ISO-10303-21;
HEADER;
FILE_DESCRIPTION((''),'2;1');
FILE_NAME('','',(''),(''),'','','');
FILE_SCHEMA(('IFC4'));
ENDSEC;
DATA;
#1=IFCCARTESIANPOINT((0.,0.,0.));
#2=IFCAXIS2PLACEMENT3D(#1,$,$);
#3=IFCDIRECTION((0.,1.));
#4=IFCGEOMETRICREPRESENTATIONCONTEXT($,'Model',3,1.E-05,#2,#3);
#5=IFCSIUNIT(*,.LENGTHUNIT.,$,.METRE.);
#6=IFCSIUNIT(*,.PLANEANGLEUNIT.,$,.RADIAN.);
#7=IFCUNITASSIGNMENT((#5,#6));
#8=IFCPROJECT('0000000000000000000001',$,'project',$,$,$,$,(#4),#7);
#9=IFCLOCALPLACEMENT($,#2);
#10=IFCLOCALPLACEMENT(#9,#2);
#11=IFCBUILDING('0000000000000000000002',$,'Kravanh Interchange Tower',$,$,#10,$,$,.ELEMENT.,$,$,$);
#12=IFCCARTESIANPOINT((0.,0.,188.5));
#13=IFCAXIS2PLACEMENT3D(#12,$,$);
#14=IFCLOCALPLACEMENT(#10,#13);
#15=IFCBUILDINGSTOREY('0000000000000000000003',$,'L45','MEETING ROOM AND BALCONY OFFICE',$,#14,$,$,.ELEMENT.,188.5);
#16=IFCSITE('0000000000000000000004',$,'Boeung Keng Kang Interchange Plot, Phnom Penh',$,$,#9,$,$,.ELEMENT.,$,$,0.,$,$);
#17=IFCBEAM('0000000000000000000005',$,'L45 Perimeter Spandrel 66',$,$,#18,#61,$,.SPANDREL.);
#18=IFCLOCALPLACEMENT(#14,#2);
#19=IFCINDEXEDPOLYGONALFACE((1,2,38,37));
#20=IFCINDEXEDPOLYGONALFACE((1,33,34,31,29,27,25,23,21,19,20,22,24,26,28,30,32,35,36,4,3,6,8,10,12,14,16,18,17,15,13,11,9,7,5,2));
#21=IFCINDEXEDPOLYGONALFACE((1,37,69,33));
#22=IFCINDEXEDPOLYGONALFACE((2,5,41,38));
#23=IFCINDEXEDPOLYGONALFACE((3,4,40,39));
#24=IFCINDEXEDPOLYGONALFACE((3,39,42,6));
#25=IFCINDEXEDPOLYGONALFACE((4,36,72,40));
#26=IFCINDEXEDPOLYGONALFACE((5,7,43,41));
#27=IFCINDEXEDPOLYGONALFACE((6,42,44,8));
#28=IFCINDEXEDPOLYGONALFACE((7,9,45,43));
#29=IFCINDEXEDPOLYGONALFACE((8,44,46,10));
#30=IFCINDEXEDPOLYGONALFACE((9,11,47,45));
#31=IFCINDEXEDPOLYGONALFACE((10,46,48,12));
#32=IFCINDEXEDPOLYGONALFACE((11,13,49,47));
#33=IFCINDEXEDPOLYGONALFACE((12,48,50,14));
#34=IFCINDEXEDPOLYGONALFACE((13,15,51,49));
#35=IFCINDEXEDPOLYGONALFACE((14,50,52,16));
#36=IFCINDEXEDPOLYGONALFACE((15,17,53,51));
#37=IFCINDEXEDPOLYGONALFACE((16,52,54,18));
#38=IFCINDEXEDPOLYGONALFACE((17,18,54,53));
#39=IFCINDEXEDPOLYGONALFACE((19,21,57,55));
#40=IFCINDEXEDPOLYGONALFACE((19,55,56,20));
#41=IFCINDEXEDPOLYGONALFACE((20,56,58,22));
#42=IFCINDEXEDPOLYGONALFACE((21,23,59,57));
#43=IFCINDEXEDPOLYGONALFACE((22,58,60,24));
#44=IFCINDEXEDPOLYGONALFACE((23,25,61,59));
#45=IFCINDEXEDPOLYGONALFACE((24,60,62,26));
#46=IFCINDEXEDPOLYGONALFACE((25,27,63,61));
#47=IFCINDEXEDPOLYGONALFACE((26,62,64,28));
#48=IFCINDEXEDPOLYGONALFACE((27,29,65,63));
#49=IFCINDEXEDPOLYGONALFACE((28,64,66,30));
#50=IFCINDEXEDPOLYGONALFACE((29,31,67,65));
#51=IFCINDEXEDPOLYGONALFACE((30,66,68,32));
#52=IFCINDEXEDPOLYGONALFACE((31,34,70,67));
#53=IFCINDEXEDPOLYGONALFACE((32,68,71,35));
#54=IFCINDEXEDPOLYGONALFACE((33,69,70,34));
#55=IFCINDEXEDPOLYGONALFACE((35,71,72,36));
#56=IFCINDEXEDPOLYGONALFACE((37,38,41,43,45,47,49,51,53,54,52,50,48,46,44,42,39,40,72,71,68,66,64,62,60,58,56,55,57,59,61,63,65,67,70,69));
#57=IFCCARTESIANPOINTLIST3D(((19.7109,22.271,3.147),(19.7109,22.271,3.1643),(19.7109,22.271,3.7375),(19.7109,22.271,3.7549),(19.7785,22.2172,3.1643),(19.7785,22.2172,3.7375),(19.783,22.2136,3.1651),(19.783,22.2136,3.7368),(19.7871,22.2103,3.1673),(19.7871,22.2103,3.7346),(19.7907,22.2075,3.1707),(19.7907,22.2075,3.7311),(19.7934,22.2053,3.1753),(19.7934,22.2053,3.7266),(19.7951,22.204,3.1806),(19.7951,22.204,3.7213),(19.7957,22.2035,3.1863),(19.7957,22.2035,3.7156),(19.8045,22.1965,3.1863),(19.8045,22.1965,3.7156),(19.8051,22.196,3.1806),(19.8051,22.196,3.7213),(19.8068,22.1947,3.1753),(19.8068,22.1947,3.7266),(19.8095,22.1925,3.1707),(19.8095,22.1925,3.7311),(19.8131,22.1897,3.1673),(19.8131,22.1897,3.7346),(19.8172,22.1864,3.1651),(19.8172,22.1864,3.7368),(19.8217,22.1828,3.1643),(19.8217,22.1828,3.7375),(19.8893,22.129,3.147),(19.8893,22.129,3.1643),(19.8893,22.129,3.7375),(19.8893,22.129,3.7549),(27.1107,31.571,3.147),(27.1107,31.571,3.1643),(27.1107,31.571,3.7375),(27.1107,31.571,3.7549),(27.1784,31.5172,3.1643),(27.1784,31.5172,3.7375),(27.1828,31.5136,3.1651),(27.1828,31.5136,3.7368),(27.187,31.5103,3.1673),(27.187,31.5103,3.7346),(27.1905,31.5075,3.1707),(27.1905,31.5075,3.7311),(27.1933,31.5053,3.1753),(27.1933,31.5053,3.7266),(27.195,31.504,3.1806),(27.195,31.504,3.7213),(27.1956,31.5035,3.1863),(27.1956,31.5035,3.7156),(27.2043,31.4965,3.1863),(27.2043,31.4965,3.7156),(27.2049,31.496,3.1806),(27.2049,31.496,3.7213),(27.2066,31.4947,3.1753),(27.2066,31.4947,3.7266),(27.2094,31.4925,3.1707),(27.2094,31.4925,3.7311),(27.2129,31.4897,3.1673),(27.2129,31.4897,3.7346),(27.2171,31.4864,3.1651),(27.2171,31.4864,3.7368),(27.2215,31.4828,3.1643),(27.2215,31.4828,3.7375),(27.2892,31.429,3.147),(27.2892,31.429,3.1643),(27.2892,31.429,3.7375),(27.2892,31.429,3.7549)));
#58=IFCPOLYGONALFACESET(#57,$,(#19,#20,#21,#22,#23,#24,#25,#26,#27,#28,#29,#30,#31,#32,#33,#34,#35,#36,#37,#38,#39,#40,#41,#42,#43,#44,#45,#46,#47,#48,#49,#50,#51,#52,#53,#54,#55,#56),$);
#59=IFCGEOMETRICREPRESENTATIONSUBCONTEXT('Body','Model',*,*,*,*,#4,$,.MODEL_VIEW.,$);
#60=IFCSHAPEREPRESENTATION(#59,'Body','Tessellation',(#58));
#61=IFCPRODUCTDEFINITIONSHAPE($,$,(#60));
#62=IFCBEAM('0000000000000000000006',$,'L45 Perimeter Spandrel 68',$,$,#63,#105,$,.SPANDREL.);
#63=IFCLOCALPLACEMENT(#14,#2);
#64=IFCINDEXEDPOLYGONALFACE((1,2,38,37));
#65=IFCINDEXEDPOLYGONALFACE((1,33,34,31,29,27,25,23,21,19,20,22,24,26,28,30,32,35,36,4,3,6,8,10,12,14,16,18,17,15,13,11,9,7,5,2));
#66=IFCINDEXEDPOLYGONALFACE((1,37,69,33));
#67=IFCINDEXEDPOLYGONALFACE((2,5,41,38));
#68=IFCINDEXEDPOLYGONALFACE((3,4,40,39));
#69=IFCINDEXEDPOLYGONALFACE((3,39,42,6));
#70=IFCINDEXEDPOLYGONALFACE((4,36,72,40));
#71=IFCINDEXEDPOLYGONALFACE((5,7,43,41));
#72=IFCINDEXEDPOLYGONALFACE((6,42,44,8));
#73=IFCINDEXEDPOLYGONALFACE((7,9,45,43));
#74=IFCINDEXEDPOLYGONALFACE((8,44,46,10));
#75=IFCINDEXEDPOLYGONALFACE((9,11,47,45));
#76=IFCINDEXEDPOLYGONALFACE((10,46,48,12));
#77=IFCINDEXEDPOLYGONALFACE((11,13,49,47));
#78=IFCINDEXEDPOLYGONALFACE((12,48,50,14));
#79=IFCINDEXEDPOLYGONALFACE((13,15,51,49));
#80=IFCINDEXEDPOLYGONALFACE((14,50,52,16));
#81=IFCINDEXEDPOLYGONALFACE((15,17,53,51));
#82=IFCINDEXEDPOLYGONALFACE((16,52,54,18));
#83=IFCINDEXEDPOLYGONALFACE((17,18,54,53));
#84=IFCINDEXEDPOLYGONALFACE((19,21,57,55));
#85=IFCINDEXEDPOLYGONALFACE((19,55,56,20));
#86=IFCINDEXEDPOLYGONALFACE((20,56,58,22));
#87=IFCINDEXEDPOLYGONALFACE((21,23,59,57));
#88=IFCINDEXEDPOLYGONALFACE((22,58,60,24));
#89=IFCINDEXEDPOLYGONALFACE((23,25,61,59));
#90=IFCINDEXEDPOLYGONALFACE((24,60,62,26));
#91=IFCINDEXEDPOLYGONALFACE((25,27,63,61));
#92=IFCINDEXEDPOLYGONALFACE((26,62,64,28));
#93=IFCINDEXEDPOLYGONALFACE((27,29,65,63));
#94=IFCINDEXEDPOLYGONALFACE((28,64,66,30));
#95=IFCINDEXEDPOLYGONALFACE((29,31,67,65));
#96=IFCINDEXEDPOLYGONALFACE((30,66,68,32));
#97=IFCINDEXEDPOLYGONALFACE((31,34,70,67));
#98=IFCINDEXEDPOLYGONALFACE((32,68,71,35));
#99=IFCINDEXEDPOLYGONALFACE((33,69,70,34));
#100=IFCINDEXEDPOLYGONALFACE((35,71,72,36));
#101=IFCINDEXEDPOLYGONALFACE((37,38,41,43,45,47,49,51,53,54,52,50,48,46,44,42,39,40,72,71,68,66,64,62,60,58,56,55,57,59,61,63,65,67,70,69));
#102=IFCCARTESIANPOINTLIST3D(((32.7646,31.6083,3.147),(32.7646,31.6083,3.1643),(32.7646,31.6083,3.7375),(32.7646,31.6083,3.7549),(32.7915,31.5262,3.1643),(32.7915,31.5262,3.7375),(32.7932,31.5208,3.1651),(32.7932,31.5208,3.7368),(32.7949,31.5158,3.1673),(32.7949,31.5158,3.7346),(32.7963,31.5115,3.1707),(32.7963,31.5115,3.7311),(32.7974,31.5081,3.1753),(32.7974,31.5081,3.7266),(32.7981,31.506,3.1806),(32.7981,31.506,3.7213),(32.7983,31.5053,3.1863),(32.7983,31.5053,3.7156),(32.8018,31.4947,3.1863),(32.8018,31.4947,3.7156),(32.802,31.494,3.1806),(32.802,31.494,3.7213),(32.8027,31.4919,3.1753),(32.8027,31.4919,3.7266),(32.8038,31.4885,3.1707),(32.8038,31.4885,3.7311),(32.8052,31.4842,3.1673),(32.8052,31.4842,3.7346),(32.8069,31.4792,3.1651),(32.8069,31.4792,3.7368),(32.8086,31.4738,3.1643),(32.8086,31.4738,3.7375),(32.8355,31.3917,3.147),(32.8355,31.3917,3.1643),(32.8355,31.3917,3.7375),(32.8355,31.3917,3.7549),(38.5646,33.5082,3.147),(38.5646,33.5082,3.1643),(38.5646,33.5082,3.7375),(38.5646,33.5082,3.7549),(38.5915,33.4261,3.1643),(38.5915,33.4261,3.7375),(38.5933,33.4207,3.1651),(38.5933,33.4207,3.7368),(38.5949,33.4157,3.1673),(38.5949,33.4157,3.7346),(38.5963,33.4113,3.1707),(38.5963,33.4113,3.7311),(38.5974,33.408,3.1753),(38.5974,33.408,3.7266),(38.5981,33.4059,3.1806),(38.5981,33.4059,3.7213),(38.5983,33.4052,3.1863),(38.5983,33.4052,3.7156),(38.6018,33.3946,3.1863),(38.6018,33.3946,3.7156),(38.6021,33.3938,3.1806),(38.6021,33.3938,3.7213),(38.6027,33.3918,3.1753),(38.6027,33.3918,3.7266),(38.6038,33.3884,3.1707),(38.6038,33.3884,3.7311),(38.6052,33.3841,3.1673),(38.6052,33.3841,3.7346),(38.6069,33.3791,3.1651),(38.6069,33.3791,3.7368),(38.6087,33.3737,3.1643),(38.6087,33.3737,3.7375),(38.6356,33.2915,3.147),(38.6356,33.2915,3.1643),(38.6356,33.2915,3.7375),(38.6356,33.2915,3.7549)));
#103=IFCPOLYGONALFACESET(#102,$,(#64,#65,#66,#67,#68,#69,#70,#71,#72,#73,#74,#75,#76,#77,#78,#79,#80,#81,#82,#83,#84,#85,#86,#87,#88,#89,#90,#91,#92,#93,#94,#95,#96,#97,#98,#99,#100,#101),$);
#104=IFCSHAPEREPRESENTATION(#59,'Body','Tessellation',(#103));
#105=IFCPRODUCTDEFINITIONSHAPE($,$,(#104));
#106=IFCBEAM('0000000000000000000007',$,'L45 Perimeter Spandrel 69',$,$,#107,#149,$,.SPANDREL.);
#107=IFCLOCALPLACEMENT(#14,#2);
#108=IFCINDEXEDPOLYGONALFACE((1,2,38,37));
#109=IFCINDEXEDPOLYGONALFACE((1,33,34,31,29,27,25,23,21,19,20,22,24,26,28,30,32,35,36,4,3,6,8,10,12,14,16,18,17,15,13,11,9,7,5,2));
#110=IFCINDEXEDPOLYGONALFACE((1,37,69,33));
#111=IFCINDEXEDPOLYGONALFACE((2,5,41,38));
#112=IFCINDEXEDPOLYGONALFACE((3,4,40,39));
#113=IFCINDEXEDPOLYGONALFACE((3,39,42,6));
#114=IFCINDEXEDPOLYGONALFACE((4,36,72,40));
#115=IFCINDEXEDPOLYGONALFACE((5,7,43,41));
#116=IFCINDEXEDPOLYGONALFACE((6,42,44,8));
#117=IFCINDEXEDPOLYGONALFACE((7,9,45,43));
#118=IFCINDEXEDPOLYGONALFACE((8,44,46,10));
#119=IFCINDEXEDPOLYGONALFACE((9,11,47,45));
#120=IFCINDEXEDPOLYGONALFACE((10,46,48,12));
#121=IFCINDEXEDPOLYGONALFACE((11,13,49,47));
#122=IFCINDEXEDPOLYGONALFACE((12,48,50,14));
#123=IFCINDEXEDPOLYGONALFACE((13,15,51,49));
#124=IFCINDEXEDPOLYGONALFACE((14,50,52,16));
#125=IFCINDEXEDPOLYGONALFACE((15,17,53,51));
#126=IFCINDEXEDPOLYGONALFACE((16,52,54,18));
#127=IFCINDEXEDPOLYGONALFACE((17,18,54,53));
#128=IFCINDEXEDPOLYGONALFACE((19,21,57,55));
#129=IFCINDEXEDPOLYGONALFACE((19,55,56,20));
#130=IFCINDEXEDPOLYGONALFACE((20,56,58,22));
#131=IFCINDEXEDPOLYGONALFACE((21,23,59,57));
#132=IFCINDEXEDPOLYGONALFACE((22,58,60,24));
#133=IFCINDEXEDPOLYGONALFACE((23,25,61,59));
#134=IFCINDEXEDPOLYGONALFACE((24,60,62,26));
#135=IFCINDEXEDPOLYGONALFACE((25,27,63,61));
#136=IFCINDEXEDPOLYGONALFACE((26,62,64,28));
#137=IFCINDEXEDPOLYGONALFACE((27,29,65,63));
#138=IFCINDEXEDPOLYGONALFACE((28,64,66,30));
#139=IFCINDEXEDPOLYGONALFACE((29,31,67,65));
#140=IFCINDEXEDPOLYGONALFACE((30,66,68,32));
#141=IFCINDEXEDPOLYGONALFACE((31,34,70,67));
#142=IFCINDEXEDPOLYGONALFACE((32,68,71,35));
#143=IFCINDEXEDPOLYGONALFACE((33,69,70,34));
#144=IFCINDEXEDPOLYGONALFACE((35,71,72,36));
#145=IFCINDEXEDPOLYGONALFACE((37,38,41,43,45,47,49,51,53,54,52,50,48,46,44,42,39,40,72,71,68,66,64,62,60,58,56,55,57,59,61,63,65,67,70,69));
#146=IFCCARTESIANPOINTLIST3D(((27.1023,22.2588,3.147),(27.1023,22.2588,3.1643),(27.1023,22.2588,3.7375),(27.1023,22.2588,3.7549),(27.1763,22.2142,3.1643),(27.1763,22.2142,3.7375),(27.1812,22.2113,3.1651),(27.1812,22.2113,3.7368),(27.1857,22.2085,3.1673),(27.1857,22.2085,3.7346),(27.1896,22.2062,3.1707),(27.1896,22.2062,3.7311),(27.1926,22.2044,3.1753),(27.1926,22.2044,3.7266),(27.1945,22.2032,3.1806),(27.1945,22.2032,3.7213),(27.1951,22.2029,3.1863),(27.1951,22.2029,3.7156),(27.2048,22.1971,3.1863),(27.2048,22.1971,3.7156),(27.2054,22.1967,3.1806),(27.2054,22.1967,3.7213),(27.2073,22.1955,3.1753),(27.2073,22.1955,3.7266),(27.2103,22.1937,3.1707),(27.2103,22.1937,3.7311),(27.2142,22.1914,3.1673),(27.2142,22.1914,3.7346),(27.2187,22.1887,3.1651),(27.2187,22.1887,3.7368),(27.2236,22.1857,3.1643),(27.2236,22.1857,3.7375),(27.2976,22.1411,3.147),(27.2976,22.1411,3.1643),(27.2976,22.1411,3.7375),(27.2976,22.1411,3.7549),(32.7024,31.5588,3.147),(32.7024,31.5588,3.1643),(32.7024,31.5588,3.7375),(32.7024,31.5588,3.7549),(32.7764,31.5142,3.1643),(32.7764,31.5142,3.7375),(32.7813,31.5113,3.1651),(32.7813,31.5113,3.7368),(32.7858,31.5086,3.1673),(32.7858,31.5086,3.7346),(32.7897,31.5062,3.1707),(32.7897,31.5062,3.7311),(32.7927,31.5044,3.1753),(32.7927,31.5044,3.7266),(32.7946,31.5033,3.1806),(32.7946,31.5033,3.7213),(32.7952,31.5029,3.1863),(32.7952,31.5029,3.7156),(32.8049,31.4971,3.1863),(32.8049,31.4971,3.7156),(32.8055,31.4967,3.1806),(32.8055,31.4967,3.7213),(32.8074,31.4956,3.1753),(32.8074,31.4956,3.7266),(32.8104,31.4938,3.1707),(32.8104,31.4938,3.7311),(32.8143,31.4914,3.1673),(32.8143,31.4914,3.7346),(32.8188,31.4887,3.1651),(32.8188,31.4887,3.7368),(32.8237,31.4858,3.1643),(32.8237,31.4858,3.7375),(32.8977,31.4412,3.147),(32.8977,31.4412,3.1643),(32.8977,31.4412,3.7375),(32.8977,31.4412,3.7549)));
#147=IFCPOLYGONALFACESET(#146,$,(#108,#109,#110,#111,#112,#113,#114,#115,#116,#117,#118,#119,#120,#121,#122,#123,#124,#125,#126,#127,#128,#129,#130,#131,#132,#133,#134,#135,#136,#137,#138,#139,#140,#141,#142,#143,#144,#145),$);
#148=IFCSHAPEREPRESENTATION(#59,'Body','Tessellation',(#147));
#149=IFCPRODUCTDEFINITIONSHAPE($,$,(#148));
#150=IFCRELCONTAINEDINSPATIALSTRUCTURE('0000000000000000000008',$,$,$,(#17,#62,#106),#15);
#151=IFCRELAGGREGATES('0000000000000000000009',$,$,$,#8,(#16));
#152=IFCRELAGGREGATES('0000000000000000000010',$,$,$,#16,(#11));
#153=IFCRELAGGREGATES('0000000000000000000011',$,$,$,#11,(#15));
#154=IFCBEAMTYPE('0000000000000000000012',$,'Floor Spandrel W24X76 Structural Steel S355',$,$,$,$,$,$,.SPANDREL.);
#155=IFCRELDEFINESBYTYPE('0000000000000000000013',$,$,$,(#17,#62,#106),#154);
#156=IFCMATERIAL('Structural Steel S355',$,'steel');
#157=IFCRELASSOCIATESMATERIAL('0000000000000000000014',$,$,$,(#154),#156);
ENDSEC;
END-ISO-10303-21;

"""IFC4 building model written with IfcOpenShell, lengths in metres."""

from ifc_helpers import new_model, si_unit, direction, frame, origin, origin_2d, place, context, subcontext, project, spatial, i_section, extrude, material, material_profile, profile_set, type_object, element, save


model = new_model("IFC4")

# Units and contexts
model_context = context("Model", 3, precision=1e-05, world=origin(), true_north=direction((0.0, 1.0)))
body_context = subcontext(model_context, "Body", "Model", "MODEL_VIEW")
ifc_project = project(units=[si_unit("LENGTHUNIT", "METRE"), si_unit("PLANEANGLEUNIT", "RADIAN")], contexts=[model_context])

# Site, building, storey
site_placement = place(None, origin())
site = spatial("IfcSite", under=ifc_project, at=site_placement, Name="Boeung Keng Kang Interchange Plot, Phnom Penh", CompositionType="ELEMENT", RefElevation=0.0)
building_placement = place(site_placement, origin())
building = spatial("IfcBuilding", under=site, at=building_placement, Name="Kravanh Interchange Tower", CompositionType="ELEMENT")
storey_placement = place(building_placement, frame((0.0, 0.0, 188.5)))
storey = spatial("IfcBuildingStorey", under=building, at=storey_placement, Name="L45", Description="MEETING ROOM AND BALCONY OFFICE", CompositionType="ELEMENT", Elevation=188.5)

# Beams
ifc_material_1 = material(Name="Structural Steel S355", Category="steel")
ifc_material_profile_1 = material_profile(ifc_material_1, i_section(OverallWidth=0.228, OverallDepth=0.6079, WebThickness=0.0112, FlangeThickness=0.0173, FilletRadius=0.022, at=origin_2d()), Name="W24X76")
ifc_profile_set_1 = profile_set([ifc_material_profile_1], Name="Structural Steel S355")
beam_type_1 = type_object("IfcBeamType", Name="Floor Spandrel W24X76 Structural Steel S355", PredefinedType="SPANDREL", material=ifc_profile_set_1)
beam_1_placement = place(storey_placement, frame((27.2, 31.5, 3.4509), z_axis=(-0.622634, -0.782513, 0.0), x_axis=(0.782513, -0.622634, 0.0)))
element("IfcBeam", 1, at=beam_1_placement, inside=storey, type_object=beam_type_1, Name="L45 Perimeter Spandrel 66", PredefinedType="SPANDREL", context=body_context, shape_type="SweptSolid", body=[
    extrude(i_section(OverallWidth=0.228, OverallDepth=0.6079, WebThickness=0.0112, FlangeThickness=0.0173, FilletRadius=0.022, at=origin_2d()), origin(), (0.0, 0.0, 1.0), 11.8848),
])
beam_2_placement = place(storey_placement, frame((32.8, 31.5, 3.4509), z_axis=(0.950315, 0.311291, 0.0), x_axis=(-0.311291, 0.950315, 0.0)))
element("IfcBeam", 2, at=beam_2_placement, inside=storey, type_object=beam_type_1, Name="L45 Perimeter Spandrel 68", PredefinedType="SPANDREL", context=body_context, shape_type="SweptSolid", body=[
    extrude(i_section(OverallWidth=0.228, OverallDepth=0.6079, WebThickness=0.0112, FlangeThickness=0.0173, FilletRadius=0.022, at=origin_2d()), origin(), (0.0, 0.0, 1.0), 6.1033),
])
beam_3_placement = place(storey_placement, frame((32.8, 31.5, 3.4509), z_axis=(-0.515854, -0.856676, 0.0), x_axis=(0.856676, -0.515854, 0.0)))
element("IfcBeam", 3, at=beam_3_placement, inside=storey, type_object=beam_type_1, Name="L45 Perimeter Spandrel 69", PredefinedType="SPANDREL", context=body_context, shape_type="SweptSolid", body=[
    extrude(i_section(OverallWidth=0.228, OverallDepth=0.6079, WebThickness=0.0112, FlangeThickness=0.0173, FilletRadius=0.022, at=origin_2d()), origin(), (0.0, 0.0, 1.0), 10.856),
])

save(model, "model.ifc")
